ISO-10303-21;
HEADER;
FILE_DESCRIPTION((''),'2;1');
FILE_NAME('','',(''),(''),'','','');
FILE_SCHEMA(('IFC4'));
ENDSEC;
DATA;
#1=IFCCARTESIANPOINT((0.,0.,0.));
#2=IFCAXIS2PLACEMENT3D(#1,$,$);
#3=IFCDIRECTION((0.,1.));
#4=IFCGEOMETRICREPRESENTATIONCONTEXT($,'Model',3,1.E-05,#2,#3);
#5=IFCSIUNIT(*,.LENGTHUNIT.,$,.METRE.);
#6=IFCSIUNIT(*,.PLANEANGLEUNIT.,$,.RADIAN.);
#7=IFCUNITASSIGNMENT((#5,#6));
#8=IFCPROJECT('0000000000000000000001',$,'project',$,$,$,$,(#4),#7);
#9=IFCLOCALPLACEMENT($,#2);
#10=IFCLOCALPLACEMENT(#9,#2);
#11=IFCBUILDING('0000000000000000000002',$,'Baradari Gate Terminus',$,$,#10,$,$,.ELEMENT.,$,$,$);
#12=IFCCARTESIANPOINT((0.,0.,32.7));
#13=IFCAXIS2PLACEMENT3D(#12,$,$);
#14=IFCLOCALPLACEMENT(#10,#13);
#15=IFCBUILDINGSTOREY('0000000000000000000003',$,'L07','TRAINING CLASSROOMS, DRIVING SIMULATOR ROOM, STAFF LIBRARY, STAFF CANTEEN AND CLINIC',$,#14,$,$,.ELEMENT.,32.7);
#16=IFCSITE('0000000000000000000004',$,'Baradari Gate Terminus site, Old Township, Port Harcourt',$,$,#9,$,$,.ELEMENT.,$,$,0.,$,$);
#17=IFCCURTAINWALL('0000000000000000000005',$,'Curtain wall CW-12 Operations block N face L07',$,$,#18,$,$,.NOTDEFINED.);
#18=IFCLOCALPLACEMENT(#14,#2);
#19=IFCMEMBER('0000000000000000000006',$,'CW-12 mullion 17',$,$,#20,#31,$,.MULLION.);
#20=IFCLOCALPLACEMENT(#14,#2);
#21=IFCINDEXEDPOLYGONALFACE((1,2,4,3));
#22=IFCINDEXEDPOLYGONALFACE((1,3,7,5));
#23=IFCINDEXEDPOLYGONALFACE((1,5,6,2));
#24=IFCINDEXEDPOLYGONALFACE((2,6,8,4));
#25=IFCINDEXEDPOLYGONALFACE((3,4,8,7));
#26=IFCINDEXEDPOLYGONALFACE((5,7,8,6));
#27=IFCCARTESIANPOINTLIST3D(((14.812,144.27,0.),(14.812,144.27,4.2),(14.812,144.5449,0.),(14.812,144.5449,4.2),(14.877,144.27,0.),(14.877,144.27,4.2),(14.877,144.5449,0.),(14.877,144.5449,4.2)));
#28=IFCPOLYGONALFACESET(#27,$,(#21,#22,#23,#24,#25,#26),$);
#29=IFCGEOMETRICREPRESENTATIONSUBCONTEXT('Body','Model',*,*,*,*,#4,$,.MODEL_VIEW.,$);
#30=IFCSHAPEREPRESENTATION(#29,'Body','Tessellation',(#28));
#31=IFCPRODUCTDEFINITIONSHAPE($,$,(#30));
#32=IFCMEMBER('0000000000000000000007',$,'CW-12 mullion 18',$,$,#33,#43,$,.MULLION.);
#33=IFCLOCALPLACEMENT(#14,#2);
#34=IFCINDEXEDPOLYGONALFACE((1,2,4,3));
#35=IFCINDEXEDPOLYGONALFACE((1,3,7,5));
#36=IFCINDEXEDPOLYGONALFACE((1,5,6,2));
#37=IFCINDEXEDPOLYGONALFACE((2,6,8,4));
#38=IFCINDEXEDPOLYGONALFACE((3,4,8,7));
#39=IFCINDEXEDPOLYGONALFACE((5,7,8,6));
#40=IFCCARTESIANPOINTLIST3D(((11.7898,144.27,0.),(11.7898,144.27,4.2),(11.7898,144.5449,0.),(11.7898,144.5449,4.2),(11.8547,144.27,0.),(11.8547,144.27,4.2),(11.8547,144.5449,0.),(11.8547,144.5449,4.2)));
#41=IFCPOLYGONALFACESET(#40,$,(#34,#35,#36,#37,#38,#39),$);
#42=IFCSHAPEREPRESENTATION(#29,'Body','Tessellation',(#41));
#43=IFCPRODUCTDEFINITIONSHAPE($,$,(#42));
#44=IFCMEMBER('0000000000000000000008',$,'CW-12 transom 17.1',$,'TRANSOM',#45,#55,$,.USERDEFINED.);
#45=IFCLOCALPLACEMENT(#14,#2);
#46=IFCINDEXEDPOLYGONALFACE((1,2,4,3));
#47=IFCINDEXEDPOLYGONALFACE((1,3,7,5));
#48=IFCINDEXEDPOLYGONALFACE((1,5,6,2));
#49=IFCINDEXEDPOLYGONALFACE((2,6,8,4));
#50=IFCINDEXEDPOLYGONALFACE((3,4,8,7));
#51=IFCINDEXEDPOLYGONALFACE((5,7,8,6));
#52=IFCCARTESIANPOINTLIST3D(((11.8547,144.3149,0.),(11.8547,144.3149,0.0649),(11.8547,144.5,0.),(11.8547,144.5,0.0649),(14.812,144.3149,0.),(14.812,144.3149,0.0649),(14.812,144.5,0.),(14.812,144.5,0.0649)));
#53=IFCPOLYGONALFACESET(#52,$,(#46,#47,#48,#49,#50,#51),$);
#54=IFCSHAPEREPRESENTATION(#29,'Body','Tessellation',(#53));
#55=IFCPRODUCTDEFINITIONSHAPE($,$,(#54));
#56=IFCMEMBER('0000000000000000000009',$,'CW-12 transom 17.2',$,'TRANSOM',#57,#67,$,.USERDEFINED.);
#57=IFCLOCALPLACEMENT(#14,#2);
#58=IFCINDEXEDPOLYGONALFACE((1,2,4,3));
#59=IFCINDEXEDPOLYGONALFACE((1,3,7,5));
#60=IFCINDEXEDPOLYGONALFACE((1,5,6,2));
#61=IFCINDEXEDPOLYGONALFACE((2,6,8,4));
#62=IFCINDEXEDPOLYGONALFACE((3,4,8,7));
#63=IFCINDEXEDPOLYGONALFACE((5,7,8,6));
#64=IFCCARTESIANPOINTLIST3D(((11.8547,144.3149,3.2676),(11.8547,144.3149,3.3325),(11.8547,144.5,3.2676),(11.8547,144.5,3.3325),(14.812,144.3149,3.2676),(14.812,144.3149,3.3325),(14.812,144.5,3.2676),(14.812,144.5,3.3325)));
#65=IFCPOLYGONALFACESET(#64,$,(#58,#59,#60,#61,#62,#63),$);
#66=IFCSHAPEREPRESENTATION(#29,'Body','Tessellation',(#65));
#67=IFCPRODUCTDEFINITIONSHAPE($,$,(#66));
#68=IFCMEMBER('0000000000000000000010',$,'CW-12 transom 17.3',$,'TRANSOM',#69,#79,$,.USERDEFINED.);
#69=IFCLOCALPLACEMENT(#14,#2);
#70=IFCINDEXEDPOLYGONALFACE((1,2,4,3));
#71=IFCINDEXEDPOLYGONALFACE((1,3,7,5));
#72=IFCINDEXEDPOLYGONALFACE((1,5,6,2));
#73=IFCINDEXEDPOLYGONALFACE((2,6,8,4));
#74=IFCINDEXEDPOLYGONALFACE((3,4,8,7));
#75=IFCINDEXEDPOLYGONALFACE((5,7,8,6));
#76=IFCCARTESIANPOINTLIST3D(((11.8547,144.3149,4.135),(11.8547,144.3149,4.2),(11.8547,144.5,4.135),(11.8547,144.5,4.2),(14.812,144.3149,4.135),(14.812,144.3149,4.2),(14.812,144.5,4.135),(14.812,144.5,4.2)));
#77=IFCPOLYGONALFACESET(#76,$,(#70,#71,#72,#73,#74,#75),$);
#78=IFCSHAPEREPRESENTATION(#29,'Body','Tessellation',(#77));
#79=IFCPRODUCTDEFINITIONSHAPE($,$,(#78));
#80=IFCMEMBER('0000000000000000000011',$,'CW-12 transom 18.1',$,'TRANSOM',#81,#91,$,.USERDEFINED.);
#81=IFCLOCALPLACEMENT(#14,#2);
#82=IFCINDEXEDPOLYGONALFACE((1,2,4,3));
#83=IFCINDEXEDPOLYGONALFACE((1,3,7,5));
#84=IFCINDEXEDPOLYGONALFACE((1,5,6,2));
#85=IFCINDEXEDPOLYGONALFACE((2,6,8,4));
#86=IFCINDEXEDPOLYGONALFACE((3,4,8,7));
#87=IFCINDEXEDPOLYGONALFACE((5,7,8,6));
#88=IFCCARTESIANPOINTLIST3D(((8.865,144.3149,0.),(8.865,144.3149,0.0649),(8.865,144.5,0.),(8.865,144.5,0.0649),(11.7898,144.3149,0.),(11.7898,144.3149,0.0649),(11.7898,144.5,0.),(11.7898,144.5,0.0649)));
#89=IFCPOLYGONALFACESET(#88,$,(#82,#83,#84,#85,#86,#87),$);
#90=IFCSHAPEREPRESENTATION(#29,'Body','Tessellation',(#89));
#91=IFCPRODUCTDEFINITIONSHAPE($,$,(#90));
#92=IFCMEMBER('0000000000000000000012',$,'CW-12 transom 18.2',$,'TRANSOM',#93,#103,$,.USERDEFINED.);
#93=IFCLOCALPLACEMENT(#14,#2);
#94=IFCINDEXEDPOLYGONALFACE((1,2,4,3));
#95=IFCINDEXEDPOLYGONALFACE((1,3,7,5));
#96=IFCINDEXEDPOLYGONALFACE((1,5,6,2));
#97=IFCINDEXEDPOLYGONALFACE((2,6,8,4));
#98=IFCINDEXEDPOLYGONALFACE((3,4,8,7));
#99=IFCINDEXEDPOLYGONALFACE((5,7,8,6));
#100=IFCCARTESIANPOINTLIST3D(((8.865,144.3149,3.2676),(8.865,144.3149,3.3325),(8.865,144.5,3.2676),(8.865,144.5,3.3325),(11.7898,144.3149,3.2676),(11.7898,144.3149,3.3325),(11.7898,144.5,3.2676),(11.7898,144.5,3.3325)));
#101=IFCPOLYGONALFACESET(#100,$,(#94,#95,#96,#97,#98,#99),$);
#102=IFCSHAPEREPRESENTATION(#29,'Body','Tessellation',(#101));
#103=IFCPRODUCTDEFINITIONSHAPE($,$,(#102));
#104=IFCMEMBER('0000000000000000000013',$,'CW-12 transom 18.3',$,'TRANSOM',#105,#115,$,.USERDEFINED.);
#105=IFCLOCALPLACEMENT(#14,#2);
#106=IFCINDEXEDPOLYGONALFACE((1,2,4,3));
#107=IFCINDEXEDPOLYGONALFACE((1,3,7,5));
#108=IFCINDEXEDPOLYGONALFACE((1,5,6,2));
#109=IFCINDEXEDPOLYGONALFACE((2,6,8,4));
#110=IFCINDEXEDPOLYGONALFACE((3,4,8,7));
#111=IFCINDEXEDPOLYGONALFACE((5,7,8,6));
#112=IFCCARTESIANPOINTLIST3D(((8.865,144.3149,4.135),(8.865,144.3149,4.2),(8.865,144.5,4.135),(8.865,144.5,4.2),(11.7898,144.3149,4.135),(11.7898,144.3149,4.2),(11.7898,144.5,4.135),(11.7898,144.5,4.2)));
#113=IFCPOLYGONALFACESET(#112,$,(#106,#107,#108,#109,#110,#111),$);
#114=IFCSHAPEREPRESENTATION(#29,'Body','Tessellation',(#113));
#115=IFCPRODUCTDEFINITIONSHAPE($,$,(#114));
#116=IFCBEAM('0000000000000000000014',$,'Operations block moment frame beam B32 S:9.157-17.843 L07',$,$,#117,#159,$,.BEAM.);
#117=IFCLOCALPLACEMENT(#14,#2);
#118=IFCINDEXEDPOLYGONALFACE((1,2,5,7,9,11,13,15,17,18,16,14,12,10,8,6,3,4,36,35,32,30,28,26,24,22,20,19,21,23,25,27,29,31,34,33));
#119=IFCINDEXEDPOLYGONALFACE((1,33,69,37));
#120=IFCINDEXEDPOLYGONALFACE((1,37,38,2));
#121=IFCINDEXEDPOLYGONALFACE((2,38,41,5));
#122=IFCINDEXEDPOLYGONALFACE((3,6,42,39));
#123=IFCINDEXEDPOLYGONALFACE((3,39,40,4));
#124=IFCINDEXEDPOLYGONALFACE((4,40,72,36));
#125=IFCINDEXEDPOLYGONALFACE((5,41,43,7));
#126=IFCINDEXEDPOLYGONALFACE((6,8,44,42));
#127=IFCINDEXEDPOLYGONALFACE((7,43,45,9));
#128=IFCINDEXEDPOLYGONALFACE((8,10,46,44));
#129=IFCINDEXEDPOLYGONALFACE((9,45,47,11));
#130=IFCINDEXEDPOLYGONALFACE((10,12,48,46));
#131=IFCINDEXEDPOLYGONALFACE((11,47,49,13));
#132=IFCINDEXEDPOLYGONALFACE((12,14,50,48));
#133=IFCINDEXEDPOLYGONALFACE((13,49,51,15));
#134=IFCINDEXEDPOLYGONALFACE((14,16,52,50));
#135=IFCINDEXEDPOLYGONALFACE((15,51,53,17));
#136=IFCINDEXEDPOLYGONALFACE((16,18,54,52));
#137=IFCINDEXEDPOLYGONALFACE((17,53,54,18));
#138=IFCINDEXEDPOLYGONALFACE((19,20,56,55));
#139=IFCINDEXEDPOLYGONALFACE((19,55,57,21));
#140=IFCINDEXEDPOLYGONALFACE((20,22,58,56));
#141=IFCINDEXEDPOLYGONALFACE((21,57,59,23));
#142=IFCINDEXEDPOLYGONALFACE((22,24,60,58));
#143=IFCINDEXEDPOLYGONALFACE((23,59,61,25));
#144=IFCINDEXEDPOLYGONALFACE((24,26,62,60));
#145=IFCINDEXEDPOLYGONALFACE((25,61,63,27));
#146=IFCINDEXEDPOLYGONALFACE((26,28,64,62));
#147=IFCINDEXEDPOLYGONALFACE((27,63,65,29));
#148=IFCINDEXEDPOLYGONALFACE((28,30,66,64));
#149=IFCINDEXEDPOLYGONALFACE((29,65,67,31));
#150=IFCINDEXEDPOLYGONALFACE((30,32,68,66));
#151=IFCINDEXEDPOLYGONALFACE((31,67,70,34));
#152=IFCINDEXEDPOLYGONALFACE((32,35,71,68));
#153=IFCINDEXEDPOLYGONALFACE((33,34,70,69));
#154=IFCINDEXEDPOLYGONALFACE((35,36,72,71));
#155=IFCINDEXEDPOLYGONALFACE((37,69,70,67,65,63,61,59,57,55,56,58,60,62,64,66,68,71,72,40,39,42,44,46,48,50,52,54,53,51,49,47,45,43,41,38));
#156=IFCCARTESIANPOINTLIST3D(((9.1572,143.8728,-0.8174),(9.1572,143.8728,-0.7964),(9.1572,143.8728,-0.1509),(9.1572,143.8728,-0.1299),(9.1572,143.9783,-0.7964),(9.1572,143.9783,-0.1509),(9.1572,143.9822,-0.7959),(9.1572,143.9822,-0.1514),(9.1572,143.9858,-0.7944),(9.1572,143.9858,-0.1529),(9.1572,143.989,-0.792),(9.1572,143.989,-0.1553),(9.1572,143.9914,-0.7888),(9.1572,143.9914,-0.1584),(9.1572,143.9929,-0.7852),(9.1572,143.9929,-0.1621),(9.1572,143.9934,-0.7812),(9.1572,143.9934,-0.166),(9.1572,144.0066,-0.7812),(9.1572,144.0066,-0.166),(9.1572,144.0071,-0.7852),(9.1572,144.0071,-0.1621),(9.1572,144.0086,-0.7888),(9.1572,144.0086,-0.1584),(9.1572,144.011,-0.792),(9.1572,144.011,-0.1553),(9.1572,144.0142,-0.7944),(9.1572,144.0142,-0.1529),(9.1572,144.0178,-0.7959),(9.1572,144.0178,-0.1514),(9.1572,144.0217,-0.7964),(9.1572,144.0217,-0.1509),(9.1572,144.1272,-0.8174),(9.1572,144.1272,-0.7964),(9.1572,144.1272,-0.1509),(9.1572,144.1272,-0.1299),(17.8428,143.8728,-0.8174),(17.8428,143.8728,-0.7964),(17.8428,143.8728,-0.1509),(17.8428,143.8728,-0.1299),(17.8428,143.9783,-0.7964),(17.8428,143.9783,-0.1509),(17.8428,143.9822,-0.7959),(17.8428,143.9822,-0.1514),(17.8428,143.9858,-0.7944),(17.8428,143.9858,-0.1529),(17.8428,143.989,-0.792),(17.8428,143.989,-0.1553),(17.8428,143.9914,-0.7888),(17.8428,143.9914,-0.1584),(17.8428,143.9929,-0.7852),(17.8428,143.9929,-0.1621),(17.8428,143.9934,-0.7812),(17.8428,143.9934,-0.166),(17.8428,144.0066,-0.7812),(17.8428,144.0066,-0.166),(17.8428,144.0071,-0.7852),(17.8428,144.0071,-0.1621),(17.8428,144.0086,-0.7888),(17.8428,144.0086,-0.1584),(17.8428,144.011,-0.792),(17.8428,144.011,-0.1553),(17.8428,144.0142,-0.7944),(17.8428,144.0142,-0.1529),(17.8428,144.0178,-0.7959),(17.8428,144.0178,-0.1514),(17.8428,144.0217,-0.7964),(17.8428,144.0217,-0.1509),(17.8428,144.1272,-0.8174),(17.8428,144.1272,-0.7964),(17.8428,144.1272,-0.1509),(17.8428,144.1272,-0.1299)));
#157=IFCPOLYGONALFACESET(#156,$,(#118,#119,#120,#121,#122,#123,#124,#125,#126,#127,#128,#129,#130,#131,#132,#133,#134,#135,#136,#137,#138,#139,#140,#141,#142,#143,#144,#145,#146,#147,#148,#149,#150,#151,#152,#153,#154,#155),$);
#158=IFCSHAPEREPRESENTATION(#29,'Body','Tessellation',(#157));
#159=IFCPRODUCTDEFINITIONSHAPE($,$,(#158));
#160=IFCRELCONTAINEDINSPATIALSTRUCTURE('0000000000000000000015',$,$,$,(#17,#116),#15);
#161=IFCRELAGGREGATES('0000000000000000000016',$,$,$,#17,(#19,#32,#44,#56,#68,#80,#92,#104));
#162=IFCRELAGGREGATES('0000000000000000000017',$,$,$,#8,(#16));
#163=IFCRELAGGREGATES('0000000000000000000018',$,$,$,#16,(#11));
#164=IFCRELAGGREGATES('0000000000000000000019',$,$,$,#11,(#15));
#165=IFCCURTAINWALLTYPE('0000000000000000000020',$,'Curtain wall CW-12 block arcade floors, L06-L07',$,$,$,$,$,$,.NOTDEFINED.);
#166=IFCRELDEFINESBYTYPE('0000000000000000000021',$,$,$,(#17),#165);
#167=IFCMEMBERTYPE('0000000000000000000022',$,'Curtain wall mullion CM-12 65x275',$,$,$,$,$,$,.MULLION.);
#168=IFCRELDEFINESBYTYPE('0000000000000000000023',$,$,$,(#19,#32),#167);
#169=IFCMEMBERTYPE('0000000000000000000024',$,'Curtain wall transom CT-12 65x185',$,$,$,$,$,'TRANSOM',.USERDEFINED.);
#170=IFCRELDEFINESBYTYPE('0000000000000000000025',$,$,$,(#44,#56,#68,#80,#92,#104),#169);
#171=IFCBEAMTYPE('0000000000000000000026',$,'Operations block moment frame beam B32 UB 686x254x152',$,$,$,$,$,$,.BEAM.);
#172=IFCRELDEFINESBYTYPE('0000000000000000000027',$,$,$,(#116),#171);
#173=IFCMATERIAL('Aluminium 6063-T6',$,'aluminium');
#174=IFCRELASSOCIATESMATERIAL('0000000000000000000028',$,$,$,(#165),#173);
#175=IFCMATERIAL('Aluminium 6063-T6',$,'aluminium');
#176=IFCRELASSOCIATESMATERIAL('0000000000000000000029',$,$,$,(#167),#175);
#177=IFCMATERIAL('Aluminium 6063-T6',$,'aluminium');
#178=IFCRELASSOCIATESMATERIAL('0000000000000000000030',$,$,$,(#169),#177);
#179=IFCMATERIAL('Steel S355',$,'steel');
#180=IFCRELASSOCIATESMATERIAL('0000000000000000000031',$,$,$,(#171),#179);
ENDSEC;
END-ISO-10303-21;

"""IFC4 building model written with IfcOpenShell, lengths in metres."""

from ifc_helpers import new_model, si_unit, direction, frame, origin, origin_2d, place, context, subcontext, project, spatial, rectangle, i_section, extrude, material, material_profile, profile_set, type_object, element, aggregate, save


model = new_model("IFC4")

# Units and contexts
model_context = context("Model", 3, precision=1e-05, world=origin(), true_north=direction((0.0, 1.0)))
body_context = subcontext(model_context, "Body", "Model", "MODEL_VIEW")
ifc_project = project(units=[si_unit("LENGTHUNIT", "METRE"), si_unit("PLANEANGLEUNIT", "RADIAN")], contexts=[model_context])

# Site, building, storey
site_placement = place(None, origin())
site = spatial("IfcSite", under=ifc_project, at=site_placement, Name="Baradari Gate Terminus site, Old Township, Port Harcourt", CompositionType="ELEMENT", RefElevation=0.0)
building_placement = place(site_placement, origin())
building = spatial("IfcBuilding", under=site, at=building_placement, Name="Baradari Gate Terminus", CompositionType="ELEMENT")
storey_placement = place(building_placement, frame((0.0, 0.0, 32.7)))
storey = spatial("IfcBuildingStorey", under=building, at=storey_placement, Name="L07", Description="TRAINING CLASSROOMS, DRIVING SIMULATOR ROOM, STAFF LIBRARY, STAFF CANTEEN AND CLINIC", CompositionType="ELEMENT", Elevation=32.7)

# Curtain wall, members
ifc_material_1 = material(Name="Aluminium 6063-T6", Category="aluminium")
curtain_wall_type = type_object("IfcCurtainWallType", Name="Curtain wall CW-12 block arcade floors, L06-L07", PredefinedType="NOTDEFINED", material=ifc_material_1)
curtain_wall_placement = place(storey_placement, origin())
curtain_wall = element("IfcCurtainWall", 1, at=curtain_wall_placement, inside=storey, type_object=curtain_wall_type, Name="Curtain wall CW-12 Operations block N face L07", PredefinedType="NOTDEFINED")
ifc_material_2 = material(Name="Aluminium 6063-T6", Category="aluminium")
ifc_material_profile_1 = material_profile(ifc_material_2, rectangle(XDim=0.2749, YDim=0.0649, at=origin_2d()), Name="CM-12 65X275")
ifc_profile_set_1 = profile_set([ifc_material_profile_1], Name="Aluminium 6063-T6")
member_type_1 = type_object("IfcMemberType", Name="Curtain wall mullion CM-12 65x275", PredefinedType="MULLION", material=ifc_profile_set_1)
member_1_placement = place(storey_placement, frame((14.8445, 144.4075, 0.0), z_axis=(0.0, 0.0, 1.0), x_axis=(0.0, -1.0, 0.0)))
member_1 = element("IfcMember", 2, at=member_1_placement, type_object=member_type_1, Name="CW-12 mullion 17", PredefinedType="MULLION", context=body_context, shape_type="SweptSolid", body=[
    extrude(rectangle(XDim=0.2749, YDim=0.0649, at=origin_2d()), origin(), (0.0, 0.0, 1.0), 4.2),
])
member_2_placement = place(storey_placement, frame((11.8223, 144.4075, 0.0), z_axis=(0.0, 0.0, 1.0), x_axis=(0.0, -1.0, 0.0)))
member_2 = element("IfcMember", 3, at=member_2_placement, type_object=member_type_1, Name="CW-12 mullion 18", PredefinedType="MULLION", context=body_context, shape_type="SweptSolid", body=[
    extrude(rectangle(XDim=0.2749, YDim=0.0649, at=origin_2d()), origin(), (0.0, 0.0, 1.0), 4.2),
])
ifc_material_3 = material(Name="Aluminium 6063-T6", Category="aluminium")
ifc_material_profile_2 = material_profile(ifc_material_3, rectangle(XDim=0.1851, YDim=0.0649, at=origin_2d()), Name="CT-12 65X185")
ifc_profile_set_2 = profile_set([ifc_material_profile_2], Name="Aluminium 6063-T6")
member_type_2 = type_object("IfcMemberType", Name="Curtain wall transom CT-12 65x185", ElementType="TRANSOM", PredefinedType="USERDEFINED", material=ifc_profile_set_2)
member_3_placement = place(storey_placement, frame((14.812, 144.4075, 0.0325), z_axis=(-1.0, 0.0, 0.0), x_axis=(0.0, -1.0, 0.0)))
member_3 = element("IfcMember", 4, at=member_3_placement, type_object=member_type_2, Name="CW-12 transom 17.1", ObjectType="TRANSOM", PredefinedType="USERDEFINED", context=body_context, shape_type="SweptSolid", body=[
    extrude(rectangle(XDim=0.1851, YDim=0.0649, at=origin_2d()), origin(), (0.0, 0.0, 1.0), 2.9573),
])
member_4_placement = place(storey_placement, frame((14.812, 144.4075, 3.3), z_axis=(-1.0, 0.0, 0.0), x_axis=(0.0, -1.0, 0.0)))
member_4 = element("IfcMember", 5, at=member_4_placement, type_object=member_type_2, Name="CW-12 transom 17.2", ObjectType="TRANSOM", PredefinedType="USERDEFINED", context=body_context, shape_type="SweptSolid", body=[
    extrude(rectangle(XDim=0.1851, YDim=0.0649, at=origin_2d()), origin(), (0.0, 0.0, 1.0), 2.9573),
])
member_5_placement = place(storey_placement, frame((14.812, 144.4075, 4.1675), z_axis=(-1.0, 0.0, 0.0), x_axis=(0.0, -1.0, 0.0)))
member_5 = element("IfcMember", 6, at=member_5_placement, type_object=member_type_2, Name="CW-12 transom 17.3", ObjectType="TRANSOM", PredefinedType="USERDEFINED", context=body_context, shape_type="SweptSolid", body=[
    extrude(rectangle(XDim=0.1851, YDim=0.0649, at=origin_2d()), origin(), (0.0, 0.0, 1.0), 2.9573),
])
member_6_placement = place(storey_placement, frame((11.7898, 144.4075, 0.0325), z_axis=(-1.0, 0.0, 0.0), x_axis=(0.0, -1.0, 0.0)))
member_6 = element("IfcMember", 7, at=member_6_placement, type_object=member_type_2, Name="CW-12 transom 18.1", ObjectType="TRANSOM", PredefinedType="USERDEFINED", context=body_context, shape_type="SweptSolid", body=[
    extrude(rectangle(XDim=0.1851, YDim=0.0649, at=origin_2d()), origin(), (0.0, 0.0, 1.0), 2.9248),
])
member_7_placement = place(storey_placement, frame((11.7898, 144.4075, 3.3), z_axis=(-1.0, 0.0, 0.0), x_axis=(0.0, -1.0, 0.0)))
member_7 = element("IfcMember", 8, at=member_7_placement, type_object=member_type_2, Name="CW-12 transom 18.2", ObjectType="TRANSOM", PredefinedType="USERDEFINED", context=body_context, shape_type="SweptSolid", body=[
    extrude(rectangle(XDim=0.1851, YDim=0.0649, at=origin_2d()), origin(), (0.0, 0.0, 1.0), 2.9248),
])
member_8_placement = place(storey_placement, frame((11.7898, 144.4075, 4.1675), z_axis=(-1.0, 0.0, 0.0), x_axis=(0.0, -1.0, 0.0)))
member_8 = element("IfcMember", 9, at=member_8_placement, type_object=member_type_2, Name="CW-12 transom 18.3", ObjectType="TRANSOM", PredefinedType="USERDEFINED", context=body_context, shape_type="SweptSolid", body=[
    extrude(rectangle(XDim=0.1851, YDim=0.0649, at=origin_2d()), origin(), (0.0, 0.0, 1.0), 2.9248),
])

# Beam
ifc_material_4 = material(Name="Steel S355", Category="steel")
ifc_material_profile_3 = material_profile(ifc_material_4, i_section(OverallWidth=0.2544, OverallDepth=0.6875, WebThickness=0.0132, FlangeThickness=0.021, FilletRadius=0.0151, at=origin_2d()), Name="UB 686x254x152")
ifc_profile_set_3 = profile_set([ifc_material_profile_3], Name="Steel S355")
beam_type_1 = type_object("IfcBeamType", Name="Operations block moment frame beam B32 UB 686x254x152", PredefinedType="BEAM", material=ifc_profile_set_3)
beam_1_placement = place(storey_placement, frame((9.1572, 144.0, -0.4736), z_axis=(1.0, 0.0, 0.0), x_axis=(0.0, 1.0, 0.0)))
element("IfcBeam", 10, at=beam_1_placement, inside=storey, type_object=beam_type_1, Name="Operations block moment frame beam B32 S:9.157-17.843 L07", PredefinedType="BEAM", context=body_context, shape_type="SweptSolid", body=[
    extrude(i_section(OverallWidth=0.2544, OverallDepth=0.6875, WebThickness=0.0132, FlangeThickness=0.021, FilletRadius=0.0151, at=origin_2d()), origin(), (0.0, 0.0, 1.0), 8.6855),
])

aggregate(curtain_wall, [member_1, member_2, member_3, member_4, member_5, member_6, member_7, member_8])

save(model, "model.ifc")
